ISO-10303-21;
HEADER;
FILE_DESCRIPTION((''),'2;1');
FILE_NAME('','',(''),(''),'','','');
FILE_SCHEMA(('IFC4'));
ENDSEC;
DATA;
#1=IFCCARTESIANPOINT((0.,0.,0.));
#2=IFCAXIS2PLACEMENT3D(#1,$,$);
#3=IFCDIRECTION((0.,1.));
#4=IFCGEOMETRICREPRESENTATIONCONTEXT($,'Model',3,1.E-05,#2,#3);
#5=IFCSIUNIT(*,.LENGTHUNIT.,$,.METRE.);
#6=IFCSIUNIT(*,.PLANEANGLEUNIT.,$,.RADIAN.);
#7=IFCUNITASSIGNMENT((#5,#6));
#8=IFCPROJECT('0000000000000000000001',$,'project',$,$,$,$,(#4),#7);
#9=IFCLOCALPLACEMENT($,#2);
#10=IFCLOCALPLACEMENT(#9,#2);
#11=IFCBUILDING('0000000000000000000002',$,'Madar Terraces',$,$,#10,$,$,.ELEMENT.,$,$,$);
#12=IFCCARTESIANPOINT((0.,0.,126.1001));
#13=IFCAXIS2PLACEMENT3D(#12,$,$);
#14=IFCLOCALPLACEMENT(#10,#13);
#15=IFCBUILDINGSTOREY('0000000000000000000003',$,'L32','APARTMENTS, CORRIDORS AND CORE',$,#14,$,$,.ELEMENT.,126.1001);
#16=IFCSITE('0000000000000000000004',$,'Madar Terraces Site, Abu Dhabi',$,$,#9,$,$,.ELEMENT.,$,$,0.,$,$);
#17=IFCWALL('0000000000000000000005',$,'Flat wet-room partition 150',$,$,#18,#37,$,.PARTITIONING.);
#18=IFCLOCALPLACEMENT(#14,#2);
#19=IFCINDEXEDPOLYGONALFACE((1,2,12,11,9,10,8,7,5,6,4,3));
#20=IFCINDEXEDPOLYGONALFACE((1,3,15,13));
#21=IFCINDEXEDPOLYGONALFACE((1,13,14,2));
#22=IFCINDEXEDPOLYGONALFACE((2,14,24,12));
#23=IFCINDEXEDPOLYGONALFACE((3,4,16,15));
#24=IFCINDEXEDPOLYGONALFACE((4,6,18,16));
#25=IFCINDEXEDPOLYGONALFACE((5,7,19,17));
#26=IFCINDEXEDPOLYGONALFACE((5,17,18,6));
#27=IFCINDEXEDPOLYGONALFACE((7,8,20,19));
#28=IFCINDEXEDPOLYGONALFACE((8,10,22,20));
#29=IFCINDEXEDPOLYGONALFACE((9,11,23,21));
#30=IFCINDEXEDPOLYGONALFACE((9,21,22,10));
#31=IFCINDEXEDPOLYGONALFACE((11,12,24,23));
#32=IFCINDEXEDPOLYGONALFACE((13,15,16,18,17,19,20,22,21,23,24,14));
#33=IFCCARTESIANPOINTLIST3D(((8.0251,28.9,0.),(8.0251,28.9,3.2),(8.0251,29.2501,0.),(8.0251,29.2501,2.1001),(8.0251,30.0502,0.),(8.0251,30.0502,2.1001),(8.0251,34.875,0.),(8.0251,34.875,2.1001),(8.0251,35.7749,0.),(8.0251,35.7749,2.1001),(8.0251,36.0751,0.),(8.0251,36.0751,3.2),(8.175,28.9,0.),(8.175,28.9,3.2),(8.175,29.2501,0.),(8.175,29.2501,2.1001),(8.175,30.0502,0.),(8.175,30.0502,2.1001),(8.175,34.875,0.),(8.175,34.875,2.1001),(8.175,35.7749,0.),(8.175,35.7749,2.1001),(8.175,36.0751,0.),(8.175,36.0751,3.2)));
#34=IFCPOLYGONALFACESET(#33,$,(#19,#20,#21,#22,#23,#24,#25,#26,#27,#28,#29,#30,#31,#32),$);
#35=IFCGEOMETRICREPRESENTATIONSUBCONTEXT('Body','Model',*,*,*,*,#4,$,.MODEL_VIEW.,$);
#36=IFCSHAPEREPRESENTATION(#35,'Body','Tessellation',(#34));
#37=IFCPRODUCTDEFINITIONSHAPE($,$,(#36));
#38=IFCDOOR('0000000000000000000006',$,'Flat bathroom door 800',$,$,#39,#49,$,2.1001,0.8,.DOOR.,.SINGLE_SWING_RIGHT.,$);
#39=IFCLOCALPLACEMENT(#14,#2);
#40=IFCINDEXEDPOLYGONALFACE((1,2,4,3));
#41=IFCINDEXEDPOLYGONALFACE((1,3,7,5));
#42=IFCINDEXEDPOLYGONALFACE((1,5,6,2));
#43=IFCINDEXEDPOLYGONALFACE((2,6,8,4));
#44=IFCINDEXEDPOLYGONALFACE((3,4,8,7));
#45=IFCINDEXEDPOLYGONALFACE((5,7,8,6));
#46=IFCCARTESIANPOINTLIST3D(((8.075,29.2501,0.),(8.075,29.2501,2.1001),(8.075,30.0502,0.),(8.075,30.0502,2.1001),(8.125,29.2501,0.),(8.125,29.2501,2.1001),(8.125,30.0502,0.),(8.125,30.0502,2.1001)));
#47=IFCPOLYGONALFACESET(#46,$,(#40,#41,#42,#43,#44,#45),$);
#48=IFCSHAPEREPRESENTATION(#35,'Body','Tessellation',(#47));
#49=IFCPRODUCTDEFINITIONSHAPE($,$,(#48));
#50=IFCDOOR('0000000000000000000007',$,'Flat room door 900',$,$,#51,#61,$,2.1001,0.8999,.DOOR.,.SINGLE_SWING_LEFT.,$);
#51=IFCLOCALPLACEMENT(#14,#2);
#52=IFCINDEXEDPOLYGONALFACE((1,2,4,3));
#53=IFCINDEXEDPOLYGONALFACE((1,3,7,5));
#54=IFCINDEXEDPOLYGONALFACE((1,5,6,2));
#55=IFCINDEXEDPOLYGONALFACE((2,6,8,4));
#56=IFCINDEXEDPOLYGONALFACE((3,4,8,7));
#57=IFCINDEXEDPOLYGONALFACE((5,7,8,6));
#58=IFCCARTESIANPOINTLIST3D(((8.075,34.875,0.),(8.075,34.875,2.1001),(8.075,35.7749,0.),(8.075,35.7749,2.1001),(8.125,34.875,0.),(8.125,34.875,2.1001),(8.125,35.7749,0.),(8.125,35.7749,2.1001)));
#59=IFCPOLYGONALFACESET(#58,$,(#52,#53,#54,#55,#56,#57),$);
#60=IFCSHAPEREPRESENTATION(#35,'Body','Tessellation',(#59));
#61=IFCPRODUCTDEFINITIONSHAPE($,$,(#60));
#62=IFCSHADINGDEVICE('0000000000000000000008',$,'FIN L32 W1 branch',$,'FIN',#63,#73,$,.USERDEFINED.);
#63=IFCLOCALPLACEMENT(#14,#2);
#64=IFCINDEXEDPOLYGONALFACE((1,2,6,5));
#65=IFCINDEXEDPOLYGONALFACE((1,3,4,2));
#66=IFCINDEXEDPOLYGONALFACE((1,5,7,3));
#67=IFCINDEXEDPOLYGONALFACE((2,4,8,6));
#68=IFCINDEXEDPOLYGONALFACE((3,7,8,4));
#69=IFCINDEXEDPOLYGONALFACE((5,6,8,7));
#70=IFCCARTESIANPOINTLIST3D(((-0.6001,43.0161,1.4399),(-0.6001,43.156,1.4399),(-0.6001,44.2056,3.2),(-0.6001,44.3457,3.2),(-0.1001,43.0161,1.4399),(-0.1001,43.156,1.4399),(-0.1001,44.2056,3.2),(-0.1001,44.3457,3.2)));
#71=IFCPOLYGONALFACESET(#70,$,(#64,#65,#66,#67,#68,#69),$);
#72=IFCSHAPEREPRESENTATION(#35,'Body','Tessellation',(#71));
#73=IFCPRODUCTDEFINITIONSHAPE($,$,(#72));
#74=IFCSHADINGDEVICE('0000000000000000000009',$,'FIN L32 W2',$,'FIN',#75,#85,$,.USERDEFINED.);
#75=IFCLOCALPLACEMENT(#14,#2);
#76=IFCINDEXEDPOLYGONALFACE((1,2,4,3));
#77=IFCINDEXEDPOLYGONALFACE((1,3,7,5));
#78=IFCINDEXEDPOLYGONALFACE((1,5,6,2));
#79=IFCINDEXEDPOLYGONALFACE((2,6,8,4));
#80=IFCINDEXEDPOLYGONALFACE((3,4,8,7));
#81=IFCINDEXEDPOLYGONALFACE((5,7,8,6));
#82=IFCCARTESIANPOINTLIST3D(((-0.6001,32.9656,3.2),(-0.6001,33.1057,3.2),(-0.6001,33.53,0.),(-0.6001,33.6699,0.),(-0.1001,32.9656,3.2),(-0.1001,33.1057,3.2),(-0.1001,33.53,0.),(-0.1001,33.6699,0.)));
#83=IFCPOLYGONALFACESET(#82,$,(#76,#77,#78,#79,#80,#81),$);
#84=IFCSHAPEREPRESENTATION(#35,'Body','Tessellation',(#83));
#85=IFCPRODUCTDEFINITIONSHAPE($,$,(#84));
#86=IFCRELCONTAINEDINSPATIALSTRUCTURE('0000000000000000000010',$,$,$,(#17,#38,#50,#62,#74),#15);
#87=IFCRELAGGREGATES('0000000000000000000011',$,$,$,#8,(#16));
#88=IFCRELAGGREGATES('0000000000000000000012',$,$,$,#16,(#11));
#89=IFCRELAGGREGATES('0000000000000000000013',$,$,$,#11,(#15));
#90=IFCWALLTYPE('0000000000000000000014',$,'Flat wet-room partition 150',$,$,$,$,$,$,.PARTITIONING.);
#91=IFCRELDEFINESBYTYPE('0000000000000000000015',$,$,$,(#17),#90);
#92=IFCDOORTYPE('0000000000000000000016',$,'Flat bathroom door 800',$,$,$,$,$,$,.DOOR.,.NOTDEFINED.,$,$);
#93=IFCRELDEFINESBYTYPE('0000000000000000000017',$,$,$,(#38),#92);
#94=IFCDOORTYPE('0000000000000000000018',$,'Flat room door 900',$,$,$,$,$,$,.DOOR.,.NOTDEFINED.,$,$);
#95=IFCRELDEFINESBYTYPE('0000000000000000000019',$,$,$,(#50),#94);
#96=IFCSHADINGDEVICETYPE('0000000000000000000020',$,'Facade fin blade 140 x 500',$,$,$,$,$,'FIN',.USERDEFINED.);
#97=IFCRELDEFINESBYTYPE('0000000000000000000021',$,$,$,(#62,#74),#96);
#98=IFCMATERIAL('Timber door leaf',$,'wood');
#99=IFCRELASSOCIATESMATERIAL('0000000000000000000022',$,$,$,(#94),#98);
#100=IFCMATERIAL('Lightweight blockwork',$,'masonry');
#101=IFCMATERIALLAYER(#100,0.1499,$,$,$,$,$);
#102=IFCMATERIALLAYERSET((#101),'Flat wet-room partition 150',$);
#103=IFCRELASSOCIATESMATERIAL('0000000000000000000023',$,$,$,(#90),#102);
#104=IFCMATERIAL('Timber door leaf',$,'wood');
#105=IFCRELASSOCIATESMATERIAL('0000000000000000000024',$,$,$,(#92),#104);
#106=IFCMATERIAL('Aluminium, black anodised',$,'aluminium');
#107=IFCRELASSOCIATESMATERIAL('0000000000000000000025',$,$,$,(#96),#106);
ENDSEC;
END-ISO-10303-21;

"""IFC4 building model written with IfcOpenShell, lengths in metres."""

from ifc_helpers import new_model, si_unit, direction, frame, frame_2d, origin, place, context, subcontext, project, spatial, polyline, rectangle, outline, extrude, material, layer, layer_set, type_object, element, fill, save


model = new_model("IFC4")

# Units and contexts
model_context = context("Model", 3, precision=1e-05, world=origin(), true_north=direction((0.0, 1.0)))
body_context = subcontext(model_context, "Body", "Model", "MODEL_VIEW")
ifc_project = project(units=[si_unit("LENGTHUNIT", "METRE"), si_unit("PLANEANGLEUNIT", "RADIAN")], contexts=[model_context])

# Site, building, storey
site_placement = place(None, origin())
site = spatial("IfcSite", under=ifc_project, at=site_placement, Name="Madar Terraces Site, Abu Dhabi", CompositionType="ELEMENT", RefElevation=0.0)
building_placement = place(site_placement, origin())
building = spatial("IfcBuilding", under=site, at=building_placement, Name="Madar Terraces", CompositionType="ELEMENT")
storey_placement = place(building_placement, frame((0.0, 0.0, 126.1001)))
storey = spatial("IfcBuildingStorey", under=building, at=storey_placement, Name="L32", Description="APARTMENTS, CORRIDORS AND CORE", CompositionType="ELEMENT", Elevation=126.1001)

# Shared definitions
ifc_material_1 = material(Name="Timber door leaf", Category="wood")
door_type_1 = type_object("IfcDoorType", Name="Flat room door 900", OperationType="NOTDEFINED", PredefinedType="DOOR", material=ifc_material_1)

# Wall, openings, doors
ifc_material_2 = material(Name="Lightweight blockwork", Category="masonry")
ifc_layer_1 = layer(ifc_material_2, 0.1499)
ifc_layer_set_1 = layer_set([ifc_layer_1], Name="Flat wet-room partition 150")
wall_type_1 = type_object("IfcWallType", Name="Flat wet-room partition 150", PredefinedType="PARTITIONING", material=ifc_layer_set_1)
wall_1_placement = place(storey_placement, frame((8.1001, 36.075, 0.0), z_axis=(0.0, 0.0, 1.0), x_axis=(0.0, -1.0, 0.0)))
wall_1 = element("IfcWall", 1, at=wall_1_placement, inside=storey, type_object=wall_type_1, Name="Flat wet-room partition 150", PredefinedType="PARTITIONING", context=body_context, shape_type="SweptSolid", body=[
    extrude(rectangle(XDim=7.175, YDim=0.1499, at=frame_2d((3.5874, 0.0))), origin(), (0.0, 0.0, 1.0), 3.2),
])
opening_1_placement = place(wall_1_placement, frame((0.3, 0.0, 0.0)))
opening_1 = element("IfcOpeningElement", 2, at=opening_1_placement, cuts=wall_1, PredefinedType="OPENING", context=body_context, shape_type="SweptSolid", body=[
    extrude(rectangle(XDim=0.8999, YDim=2.1001, at=frame_2d((0.45, 1.05))), frame((0.0, 0.085, 0.0), z_axis=(0.0, -1.0, 0.0), x_axis=(1.0, 0.0, 0.0)), (0.0, 0.0, 1.0), 0.1699),
])
opening_2_placement = place(wall_1_placement, frame((6.0249, 0.0, 0.0)))
opening_2 = element("IfcOpeningElement", 3, at=opening_2_placement, cuts=wall_1, PredefinedType="OPENING", context=body_context, shape_type="SweptSolid", body=[
    extrude(rectangle(XDim=0.8, YDim=2.1001, at=frame_2d((0.3999, 1.05))), frame((0.0, 0.085, 0.0), z_axis=(0.0, -1.0, 0.0), x_axis=(1.0, 0.0, 0.0)), (0.0, 0.0, 1.0), 0.1699),
])
ifc_material_3 = material(Name="Timber door leaf", Category="wood")
door_type_2 = type_object("IfcDoorType", Name="Flat bathroom door 800", OperationType="NOTDEFINED", PredefinedType="DOOR", material=ifc_material_3)
door_1_placement = place(opening_2_placement, origin())
door_1 = element("IfcDoor", 4, at=door_1_placement, inside=storey, type_object=door_type_2, Name="Flat bathroom door 800", OperationType="SINGLE_SWING_RIGHT", OverallHeight=2.1001, OverallWidth=0.8, PredefinedType="DOOR", context=body_context, shape_type="SweptSolid", body=[
    extrude(rectangle(XDim=0.8, YDim=2.1001, at=frame_2d((0.3999, 1.05))), frame((0.0, 0.0249, 0.0), z_axis=(0.0, -1.0, 0.0), x_axis=(1.0, 0.0, 0.0)), (0.0, 0.0, 1.0), 0.05),
])
fill(opening_2, door_1)
door_2_placement = place(opening_1_placement, origin())
door_2 = element("IfcDoor", 5, at=door_2_placement, inside=storey, type_object=door_type_1, Name="Flat room door 900", OperationType="SINGLE_SWING_LEFT", OverallHeight=2.1001, OverallWidth=0.8999, PredefinedType="DOOR", context=body_context, shape_type="SweptSolid", body=[
    extrude(rectangle(XDim=0.8999, YDim=2.1001, at=frame_2d((0.45, 1.05))), frame((0.0, 0.0249, 0.0), z_axis=(0.0, -1.0, 0.0), x_axis=(1.0, 0.0, 0.0)), (0.0, 0.0, 1.0), 0.05),
])
fill(opening_1, door_2)

# Shading devices
ifc_material_4 = material(Name="Aluminium, black anodised", Category="aluminium")
shading_device_type = type_object("IfcShadingDeviceType", Name="Facade fin blade 140 x 500", ElementType="FIN", PredefinedType="USERDEFINED", material=ifc_material_4)
shading_device_1_placement = place(storey_placement, frame((-0.3501, 43.156, 1.4399), z_axis=(0.0, 0.0, 1.0), x_axis=(0.0, -1.0, 0.0)))
element("IfcShadingDevice", 6, at=shading_device_1_placement, inside=storey, type_object=shading_device_type, Name="FIN L32 W1 branch", ObjectType="FIN", PredefinedType="USERDEFINED", context=body_context, shape_type="SweptSolid", body=[
    extrude(outline(polyline([(0.0, 0.0), (0.1399, 0.0), (-1.0496, 1.76), (-1.1897, 1.76), (0.0, 0.0)])), frame((0.0, 0.25, 0.0), z_axis=(0.0, -1.0, 0.0), x_axis=(1.0, 0.0, 0.0)), (0.0, 0.0, 1.0), 0.5),
])
shading_device_2_placement = place(storey_placement, frame((-0.3501, 33.6699, 0.0), z_axis=(0.0, 0.0, 1.0), x_axis=(0.0, -1.0, 0.0)))
element("IfcShadingDevice", 7, at=shading_device_2_placement, inside=storey, type_object=shading_device_type, Name="FIN L32 W2", ObjectType="FIN", PredefinedType="USERDEFINED", context=body_context, shape_type="SweptSolid", body=[
    extrude(outline(polyline([(0.0, 0.0), (0.1399, 0.0), (0.7043, 3.2), (0.5642, 3.2), (0.0, 0.0)])), frame((0.0, 0.25, 0.0), z_axis=(0.0, -1.0, 0.0), x_axis=(1.0, 0.0, 0.0)), (0.0, 0.0, 1.0), 0.5),
])

save(model, "model.ifc")
